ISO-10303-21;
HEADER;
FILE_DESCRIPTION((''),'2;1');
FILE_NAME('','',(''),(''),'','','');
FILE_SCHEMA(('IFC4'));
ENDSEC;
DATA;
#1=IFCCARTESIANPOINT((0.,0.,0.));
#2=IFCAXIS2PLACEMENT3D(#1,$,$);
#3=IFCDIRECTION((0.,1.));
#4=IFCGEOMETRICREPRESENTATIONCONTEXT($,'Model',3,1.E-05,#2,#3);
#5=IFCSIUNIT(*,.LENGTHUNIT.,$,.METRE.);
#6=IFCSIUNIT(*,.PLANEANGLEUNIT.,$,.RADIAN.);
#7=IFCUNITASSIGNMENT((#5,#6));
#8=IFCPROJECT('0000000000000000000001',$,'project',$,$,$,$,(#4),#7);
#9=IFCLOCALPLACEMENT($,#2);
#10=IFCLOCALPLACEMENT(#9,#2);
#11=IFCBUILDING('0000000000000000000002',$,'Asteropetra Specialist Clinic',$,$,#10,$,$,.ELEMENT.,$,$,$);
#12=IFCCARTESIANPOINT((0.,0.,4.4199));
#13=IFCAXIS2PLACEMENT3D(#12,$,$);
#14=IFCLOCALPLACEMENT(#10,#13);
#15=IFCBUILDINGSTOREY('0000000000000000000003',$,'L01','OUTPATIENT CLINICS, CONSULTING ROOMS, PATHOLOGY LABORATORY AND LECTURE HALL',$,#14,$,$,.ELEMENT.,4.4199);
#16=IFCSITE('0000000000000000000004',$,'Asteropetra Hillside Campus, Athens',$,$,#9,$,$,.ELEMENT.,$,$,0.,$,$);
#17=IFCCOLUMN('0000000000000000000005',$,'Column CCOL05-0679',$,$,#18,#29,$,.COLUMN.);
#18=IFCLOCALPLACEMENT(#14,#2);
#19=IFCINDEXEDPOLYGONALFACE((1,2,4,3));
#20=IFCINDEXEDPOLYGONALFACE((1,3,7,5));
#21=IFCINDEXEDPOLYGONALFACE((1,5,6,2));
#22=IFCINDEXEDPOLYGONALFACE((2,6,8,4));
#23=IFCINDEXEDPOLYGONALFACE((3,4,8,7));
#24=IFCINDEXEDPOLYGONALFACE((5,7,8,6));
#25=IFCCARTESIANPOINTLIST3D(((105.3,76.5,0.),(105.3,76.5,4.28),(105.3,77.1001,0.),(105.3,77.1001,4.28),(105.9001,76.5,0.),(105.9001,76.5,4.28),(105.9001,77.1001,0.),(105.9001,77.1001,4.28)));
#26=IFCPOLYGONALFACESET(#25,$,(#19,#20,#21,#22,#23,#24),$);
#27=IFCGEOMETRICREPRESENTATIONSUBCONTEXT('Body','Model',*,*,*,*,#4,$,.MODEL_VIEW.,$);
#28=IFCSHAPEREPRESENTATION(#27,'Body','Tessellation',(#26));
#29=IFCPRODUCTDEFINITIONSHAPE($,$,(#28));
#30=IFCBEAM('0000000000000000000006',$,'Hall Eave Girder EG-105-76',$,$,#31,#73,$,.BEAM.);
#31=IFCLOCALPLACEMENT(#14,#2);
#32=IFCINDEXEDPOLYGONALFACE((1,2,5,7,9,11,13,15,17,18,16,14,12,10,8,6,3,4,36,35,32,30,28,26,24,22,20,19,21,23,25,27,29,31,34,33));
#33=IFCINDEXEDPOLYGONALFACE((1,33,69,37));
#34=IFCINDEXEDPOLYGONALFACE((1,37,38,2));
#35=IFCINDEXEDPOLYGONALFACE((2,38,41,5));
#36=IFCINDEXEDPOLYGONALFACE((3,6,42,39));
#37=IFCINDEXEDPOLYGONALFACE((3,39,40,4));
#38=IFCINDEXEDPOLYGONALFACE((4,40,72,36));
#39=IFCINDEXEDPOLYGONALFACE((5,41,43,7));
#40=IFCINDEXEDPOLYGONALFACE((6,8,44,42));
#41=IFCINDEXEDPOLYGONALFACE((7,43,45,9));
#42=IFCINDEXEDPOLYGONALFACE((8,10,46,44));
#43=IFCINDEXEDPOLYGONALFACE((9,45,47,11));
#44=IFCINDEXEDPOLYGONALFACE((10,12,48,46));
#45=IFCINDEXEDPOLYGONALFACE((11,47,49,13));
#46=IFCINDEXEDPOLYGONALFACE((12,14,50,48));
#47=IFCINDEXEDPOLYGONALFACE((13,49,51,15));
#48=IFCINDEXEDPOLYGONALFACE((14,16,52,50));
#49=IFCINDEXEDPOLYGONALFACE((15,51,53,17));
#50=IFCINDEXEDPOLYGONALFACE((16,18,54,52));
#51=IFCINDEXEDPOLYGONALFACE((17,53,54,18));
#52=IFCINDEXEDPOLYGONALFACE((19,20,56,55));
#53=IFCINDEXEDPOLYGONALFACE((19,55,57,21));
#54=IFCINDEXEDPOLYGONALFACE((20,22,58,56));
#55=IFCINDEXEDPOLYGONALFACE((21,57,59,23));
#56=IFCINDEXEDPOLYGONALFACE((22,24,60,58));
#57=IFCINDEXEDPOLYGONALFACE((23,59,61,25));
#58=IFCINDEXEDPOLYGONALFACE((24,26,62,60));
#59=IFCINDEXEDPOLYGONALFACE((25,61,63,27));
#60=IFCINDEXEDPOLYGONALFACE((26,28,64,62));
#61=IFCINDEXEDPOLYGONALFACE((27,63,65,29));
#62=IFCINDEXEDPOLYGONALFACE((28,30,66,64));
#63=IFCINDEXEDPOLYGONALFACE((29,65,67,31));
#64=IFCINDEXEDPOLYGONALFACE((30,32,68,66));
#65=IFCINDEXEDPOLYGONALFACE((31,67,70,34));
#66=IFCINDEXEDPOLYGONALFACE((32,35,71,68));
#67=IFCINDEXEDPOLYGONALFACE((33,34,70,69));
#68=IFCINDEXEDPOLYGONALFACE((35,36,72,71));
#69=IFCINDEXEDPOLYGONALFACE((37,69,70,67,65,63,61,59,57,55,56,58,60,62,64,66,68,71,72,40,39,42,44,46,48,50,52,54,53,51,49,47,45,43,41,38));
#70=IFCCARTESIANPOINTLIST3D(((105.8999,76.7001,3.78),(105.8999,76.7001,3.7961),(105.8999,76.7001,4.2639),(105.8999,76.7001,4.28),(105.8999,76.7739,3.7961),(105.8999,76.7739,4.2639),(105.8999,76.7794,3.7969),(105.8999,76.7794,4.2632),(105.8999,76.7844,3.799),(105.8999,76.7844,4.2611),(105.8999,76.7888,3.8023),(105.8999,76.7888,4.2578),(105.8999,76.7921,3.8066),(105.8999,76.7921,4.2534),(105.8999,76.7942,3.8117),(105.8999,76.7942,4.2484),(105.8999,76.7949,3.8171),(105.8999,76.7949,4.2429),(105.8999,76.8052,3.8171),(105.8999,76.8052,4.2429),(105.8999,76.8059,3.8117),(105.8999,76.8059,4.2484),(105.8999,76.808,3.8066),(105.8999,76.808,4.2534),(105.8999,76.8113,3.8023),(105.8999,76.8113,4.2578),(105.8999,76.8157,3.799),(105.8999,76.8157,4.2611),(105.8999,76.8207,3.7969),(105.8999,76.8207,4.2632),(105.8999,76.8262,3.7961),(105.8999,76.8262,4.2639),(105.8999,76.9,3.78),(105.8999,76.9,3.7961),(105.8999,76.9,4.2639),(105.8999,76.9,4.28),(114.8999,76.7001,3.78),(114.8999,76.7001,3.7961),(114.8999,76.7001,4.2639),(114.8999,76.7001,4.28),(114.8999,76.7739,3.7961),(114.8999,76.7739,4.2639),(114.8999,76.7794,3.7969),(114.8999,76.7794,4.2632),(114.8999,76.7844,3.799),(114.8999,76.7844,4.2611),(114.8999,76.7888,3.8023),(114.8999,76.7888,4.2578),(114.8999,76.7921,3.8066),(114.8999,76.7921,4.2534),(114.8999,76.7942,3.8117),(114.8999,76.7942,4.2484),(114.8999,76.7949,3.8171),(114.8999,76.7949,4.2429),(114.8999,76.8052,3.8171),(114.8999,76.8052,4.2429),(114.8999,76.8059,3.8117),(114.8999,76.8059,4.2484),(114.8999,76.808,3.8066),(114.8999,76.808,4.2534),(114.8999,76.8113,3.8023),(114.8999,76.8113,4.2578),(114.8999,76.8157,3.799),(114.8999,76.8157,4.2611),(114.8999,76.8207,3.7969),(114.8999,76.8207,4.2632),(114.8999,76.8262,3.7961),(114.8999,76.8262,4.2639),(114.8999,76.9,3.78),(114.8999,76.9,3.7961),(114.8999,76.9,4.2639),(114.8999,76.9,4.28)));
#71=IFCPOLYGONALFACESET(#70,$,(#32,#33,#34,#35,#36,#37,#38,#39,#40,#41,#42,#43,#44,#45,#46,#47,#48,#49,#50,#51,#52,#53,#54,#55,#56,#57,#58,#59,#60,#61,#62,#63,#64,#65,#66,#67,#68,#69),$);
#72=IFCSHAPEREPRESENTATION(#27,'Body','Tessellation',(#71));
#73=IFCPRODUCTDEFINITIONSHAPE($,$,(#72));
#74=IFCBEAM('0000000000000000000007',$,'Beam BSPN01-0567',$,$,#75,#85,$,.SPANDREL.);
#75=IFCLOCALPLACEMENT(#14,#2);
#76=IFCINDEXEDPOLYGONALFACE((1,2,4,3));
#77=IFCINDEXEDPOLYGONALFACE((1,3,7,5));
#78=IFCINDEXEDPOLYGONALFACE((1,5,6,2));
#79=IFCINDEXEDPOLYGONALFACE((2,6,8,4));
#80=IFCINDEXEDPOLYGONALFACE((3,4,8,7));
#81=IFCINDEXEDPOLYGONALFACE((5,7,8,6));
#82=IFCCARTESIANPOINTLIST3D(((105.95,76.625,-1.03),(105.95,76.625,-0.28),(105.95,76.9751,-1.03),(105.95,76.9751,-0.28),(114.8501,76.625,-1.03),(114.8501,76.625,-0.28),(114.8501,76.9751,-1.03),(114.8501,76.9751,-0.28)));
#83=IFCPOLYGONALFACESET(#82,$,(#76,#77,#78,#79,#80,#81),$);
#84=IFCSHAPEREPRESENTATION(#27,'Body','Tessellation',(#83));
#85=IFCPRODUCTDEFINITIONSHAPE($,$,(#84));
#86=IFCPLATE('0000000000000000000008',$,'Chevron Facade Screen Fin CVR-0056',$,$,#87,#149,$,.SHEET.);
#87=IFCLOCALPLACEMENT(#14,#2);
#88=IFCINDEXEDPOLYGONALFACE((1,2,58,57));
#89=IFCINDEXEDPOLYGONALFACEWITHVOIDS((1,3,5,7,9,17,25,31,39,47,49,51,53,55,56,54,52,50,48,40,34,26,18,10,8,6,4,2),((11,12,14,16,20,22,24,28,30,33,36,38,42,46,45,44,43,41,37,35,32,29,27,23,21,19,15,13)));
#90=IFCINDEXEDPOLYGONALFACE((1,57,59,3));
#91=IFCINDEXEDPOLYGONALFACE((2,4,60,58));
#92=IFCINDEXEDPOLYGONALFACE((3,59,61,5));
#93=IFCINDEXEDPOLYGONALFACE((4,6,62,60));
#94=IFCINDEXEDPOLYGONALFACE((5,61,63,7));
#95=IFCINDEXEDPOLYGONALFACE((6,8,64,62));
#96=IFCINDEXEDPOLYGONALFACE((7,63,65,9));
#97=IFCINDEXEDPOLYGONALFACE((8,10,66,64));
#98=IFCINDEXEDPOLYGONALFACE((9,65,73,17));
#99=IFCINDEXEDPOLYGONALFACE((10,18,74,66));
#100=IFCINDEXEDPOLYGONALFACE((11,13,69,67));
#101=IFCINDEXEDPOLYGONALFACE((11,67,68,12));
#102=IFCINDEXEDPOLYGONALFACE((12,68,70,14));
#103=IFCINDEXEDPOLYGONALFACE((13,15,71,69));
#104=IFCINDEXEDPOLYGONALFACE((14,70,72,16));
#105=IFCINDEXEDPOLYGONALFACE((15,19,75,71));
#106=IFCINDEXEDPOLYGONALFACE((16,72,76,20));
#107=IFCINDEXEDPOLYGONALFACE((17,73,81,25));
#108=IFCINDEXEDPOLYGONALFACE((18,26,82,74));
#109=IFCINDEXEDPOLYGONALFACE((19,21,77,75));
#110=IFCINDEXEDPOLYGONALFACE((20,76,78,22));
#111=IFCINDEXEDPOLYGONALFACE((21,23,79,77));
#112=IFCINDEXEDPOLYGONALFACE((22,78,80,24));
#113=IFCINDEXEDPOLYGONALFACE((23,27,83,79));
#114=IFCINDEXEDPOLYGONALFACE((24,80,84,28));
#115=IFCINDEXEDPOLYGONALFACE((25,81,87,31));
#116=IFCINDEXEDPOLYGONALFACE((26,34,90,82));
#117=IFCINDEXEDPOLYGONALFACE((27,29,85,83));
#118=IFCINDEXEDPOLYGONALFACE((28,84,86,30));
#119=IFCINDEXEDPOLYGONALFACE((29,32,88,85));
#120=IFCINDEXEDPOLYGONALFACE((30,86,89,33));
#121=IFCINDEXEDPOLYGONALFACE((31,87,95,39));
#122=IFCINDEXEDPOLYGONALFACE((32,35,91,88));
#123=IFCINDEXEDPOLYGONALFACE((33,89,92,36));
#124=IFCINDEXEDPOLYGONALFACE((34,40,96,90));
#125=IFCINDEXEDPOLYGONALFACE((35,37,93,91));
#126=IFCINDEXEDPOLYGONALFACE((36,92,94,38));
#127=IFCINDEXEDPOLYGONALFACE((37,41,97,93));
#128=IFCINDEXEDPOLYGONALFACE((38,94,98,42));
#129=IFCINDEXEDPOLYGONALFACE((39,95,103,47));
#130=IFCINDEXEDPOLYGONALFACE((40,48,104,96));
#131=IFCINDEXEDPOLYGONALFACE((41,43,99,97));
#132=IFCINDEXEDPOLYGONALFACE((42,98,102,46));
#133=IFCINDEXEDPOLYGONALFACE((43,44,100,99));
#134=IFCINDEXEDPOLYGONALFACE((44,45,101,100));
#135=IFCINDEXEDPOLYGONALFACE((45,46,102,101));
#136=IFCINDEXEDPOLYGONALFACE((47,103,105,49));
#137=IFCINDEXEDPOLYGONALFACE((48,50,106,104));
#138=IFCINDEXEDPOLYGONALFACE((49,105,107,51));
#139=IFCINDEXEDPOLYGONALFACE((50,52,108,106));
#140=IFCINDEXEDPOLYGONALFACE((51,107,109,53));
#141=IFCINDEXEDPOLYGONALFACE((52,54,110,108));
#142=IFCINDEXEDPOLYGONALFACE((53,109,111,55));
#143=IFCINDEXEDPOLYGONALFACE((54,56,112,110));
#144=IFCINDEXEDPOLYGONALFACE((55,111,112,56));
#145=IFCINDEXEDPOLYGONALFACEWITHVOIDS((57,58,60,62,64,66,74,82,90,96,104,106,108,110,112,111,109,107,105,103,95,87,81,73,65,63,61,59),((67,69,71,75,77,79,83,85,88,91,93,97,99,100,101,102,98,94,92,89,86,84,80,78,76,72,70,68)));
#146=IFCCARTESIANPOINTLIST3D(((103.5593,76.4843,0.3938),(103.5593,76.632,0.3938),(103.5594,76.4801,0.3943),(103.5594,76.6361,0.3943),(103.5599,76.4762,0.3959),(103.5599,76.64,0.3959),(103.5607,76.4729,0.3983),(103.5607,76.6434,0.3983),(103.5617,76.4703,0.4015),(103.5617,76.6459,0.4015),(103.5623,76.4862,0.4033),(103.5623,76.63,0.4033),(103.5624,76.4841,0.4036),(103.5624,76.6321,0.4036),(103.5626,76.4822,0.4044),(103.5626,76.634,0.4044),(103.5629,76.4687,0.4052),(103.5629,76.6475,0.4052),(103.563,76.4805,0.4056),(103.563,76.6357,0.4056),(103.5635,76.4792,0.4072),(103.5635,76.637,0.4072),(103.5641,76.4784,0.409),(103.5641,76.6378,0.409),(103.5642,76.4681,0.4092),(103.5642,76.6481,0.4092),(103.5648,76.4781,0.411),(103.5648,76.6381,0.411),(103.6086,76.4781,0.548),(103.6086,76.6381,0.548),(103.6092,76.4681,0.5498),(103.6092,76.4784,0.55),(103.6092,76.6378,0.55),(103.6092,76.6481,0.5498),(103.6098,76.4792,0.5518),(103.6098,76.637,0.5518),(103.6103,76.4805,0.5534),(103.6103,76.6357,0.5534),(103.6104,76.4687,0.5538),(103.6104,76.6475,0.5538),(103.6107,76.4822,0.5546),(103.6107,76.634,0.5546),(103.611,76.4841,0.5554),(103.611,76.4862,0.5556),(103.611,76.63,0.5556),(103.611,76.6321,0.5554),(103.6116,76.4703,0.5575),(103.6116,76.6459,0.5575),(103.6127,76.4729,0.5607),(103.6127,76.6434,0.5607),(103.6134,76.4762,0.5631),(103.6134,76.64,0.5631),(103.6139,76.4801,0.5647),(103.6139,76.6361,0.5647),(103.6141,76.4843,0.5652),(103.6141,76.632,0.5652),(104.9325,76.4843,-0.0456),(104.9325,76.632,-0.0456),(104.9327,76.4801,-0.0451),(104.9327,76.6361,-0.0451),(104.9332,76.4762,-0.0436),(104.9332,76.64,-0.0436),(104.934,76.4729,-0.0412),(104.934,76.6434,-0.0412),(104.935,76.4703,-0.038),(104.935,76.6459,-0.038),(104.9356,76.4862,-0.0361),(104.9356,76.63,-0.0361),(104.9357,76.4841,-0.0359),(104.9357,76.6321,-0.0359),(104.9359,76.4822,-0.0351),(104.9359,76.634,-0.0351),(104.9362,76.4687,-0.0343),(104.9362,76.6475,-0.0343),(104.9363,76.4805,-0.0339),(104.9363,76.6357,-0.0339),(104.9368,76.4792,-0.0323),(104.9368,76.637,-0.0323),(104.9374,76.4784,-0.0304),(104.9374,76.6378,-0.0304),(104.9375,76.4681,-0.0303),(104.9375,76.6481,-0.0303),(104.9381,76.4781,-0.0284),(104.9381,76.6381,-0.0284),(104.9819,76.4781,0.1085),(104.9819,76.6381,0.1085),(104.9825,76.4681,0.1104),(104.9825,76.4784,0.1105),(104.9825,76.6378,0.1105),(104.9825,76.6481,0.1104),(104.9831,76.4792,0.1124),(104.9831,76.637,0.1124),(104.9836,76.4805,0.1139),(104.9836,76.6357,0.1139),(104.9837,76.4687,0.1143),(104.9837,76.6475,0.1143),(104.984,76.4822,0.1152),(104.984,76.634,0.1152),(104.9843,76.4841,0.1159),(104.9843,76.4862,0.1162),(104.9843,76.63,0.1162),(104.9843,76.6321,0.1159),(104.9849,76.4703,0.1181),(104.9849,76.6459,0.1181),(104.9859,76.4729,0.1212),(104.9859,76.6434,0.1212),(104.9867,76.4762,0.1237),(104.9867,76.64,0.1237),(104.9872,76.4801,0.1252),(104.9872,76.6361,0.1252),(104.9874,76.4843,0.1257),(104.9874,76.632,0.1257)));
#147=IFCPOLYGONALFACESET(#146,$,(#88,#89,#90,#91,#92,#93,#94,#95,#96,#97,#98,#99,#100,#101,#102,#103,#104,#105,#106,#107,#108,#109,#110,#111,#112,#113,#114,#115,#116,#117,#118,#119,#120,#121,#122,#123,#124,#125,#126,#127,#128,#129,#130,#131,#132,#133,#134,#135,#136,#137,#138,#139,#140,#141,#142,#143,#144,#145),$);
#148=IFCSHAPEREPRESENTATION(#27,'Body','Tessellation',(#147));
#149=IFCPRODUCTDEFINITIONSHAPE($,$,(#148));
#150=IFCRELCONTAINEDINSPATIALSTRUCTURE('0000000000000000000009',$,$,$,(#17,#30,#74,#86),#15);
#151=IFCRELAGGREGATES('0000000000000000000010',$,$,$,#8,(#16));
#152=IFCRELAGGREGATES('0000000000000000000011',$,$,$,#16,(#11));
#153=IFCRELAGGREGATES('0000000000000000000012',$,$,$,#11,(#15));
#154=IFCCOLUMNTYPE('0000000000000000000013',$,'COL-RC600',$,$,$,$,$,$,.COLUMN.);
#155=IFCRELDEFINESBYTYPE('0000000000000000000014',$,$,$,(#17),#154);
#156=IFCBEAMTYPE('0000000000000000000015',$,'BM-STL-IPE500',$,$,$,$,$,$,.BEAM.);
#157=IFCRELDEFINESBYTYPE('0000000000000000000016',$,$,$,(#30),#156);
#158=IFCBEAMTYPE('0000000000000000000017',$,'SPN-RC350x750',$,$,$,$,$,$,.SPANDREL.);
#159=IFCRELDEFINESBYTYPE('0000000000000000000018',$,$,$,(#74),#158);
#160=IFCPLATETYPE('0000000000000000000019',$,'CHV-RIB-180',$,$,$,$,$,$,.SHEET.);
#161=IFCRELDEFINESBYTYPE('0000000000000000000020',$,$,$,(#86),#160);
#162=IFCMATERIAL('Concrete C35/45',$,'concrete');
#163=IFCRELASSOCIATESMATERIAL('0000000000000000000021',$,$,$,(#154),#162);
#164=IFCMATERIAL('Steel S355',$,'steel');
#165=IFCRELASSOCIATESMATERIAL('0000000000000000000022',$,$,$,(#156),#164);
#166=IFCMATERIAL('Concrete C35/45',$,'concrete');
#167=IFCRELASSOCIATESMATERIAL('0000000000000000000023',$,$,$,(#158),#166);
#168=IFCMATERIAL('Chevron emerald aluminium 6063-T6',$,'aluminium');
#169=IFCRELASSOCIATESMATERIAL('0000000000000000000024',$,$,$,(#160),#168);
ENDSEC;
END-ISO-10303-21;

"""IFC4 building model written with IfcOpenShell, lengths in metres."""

from ifc_helpers import new_model, si_unit, direction, frame, origin, origin_2d, place, context, subcontext, project, spatial, rectangle, hollow_rectangle, i_section, extrude, material, material_profile, profile_set, type_object, element, save


model = new_model("IFC4")

# Units and contexts
model_context = context("Model", 3, precision=1e-05, world=origin(), true_north=direction((0.0, 1.0)))
body_context = subcontext(model_context, "Body", "Model", "MODEL_VIEW")
ifc_project = project(units=[si_unit("LENGTHUNIT", "METRE"), si_unit("PLANEANGLEUNIT", "RADIAN")], contexts=[model_context])

# Site, building, storey
site_placement = place(None, origin())
site = spatial("IfcSite", under=ifc_project, at=site_placement, Name="Asteropetra Hillside Campus, Athens", CompositionType="ELEMENT", RefElevation=0.0)
building_placement = place(site_placement, origin())
building = spatial("IfcBuilding", under=site, at=building_placement, Name="Asteropetra Specialist Clinic", CompositionType="ELEMENT")
storey_placement = place(building_placement, frame((0.0, 0.0, 4.4199)))
storey = spatial("IfcBuildingStorey", under=building, at=storey_placement, Name="L01", Description="OUTPATIENT CLINICS, CONSULTING ROOMS, PATHOLOGY LABORATORY AND LECTURE HALL", CompositionType="ELEMENT", Elevation=4.4199)

# Column
ifc_material_1 = material(Name="Concrete C35/45", Category="concrete")
ifc_material_profile_1 = material_profile(ifc_material_1, rectangle(XDim=0.6001, YDim=0.6001, at=origin_2d()), Name="RC 600x600")
ifc_profile_set_1 = profile_set([ifc_material_profile_1], Name="Concrete C35/45")
column_type = type_object("IfcColumnType", Name="COL-RC600", PredefinedType="COLUMN", material=ifc_profile_set_1)
column_placement = place(storey_placement, frame((105.6001, 76.8, 0.0), z_axis=(0.0, 0.0, 1.0), x_axis=(1.0, 0.0, 0.0)))
element("IfcColumn", 1, at=column_placement, inside=storey, type_object=column_type, Name="Column CCOL05-0679", PredefinedType="COLUMN", context=body_context, shape_type="SweptSolid", body=[
    extrude(rectangle(XDim=0.6001, YDim=0.6001, at=origin_2d()), origin(), (0.0, 0.0, 1.0), 4.28),
])

# Beams
ifc_material_2 = material(Name="Steel S355", Category="steel")
ifc_material_profile_2 = material_profile(ifc_material_2, i_section(OverallWidth=0.2, OverallDepth=0.5, WebThickness=0.0103, FlangeThickness=0.0161, FilletRadius=0.021, at=origin_2d()), Name="IPE 500")
ifc_profile_set_2 = profile_set([ifc_material_profile_2], Name="Steel S355")
beam_type_1 = type_object("IfcBeamType", Name="BM-STL-IPE500", PredefinedType="BEAM", material=ifc_profile_set_2)
beam_1_placement = place(storey_placement, frame((105.8999, 76.8, 4.03), z_axis=(1.0, 0.0, 0.0), x_axis=(0.0, 1.0, 0.0)))
element("IfcBeam", 2, at=beam_1_placement, inside=storey, type_object=beam_type_1, Name="Hall Eave Girder EG-105-76", PredefinedType="BEAM", context=body_context, shape_type="SweptSolid", body=[
    extrude(i_section(OverallWidth=0.2, OverallDepth=0.5, WebThickness=0.0103, FlangeThickness=0.0161, FilletRadius=0.021, at=origin_2d()), origin(), (0.0, 0.0, 1.0), 9.0),
])
ifc_material_3 = material(Name="Concrete C35/45", Category="concrete")
ifc_material_profile_3 = material_profile(ifc_material_3, rectangle(XDim=0.3501, YDim=0.75, at=origin_2d()), Name="RCS 350x750")
ifc_profile_set_3 = profile_set([ifc_material_profile_3], Name="Concrete C35/45")
beam_type_2 = type_object("IfcBeamType", Name="SPN-RC350x750", PredefinedType="SPANDREL", material=ifc_profile_set_3)
beam_2_placement = place(storey_placement, frame((105.95, 76.8, -0.655), z_axis=(1.0, 0.0, 0.0), x_axis=(0.0, 1.0, 0.0)))
element("IfcBeam", 3, at=beam_2_placement, inside=storey, type_object=beam_type_2, Name="Beam BSPN01-0567", PredefinedType="SPANDREL", context=body_context, shape_type="SweptSolid", body=[
    extrude(rectangle(XDim=0.3501, YDim=0.75, at=origin_2d()), origin(), (0.0, 0.0, 1.0), 8.9001),
])

# Plate
ifc_material_4 = material(Name="Chevron emerald aluminium 6063-T6", Category="aluminium")
ifc_material_profile_4 = material_profile(ifc_material_4, hollow_rectangle(XDim=0.1799, YDim=0.1799, WallThickness=0.01, InnerFilletRadius=0.0081, OuterFilletRadius=0.0161, at=origin_2d()), Name="SHS 180x180x10.0")
ifc_profile_set_4 = profile_set([ifc_material_profile_4], Name="Chevron emerald aluminium 6063-T6")
plate_type = type_object("IfcPlateType", Name="CHV-RIB-180", PredefinedType="SHEET", material=ifc_profile_set_4)
plate_1_placement = place(storey_placement, frame((103.5867, 76.5581, 0.4795), z_axis=(0.952424, 0.0, -0.304776), x_axis=(0.0, 1.0, 0.0)))
element("IfcPlate", 4, at=plate_1_placement, inside=storey, type_object=plate_type, Name="Chevron Facade Screen Fin CVR-0056", PredefinedType="SHEET", context=body_context, shape_type="SweptSolid", body=[
    extrude(hollow_rectangle(XDim=0.1799, YDim=0.1799, WallThickness=0.01, InnerFilletRadius=0.0081, OuterFilletRadius=0.0161, at=origin_2d()), origin(), (0.0, 0.0, 1.0), 1.4419),
])

save(model, "model.ifc")
